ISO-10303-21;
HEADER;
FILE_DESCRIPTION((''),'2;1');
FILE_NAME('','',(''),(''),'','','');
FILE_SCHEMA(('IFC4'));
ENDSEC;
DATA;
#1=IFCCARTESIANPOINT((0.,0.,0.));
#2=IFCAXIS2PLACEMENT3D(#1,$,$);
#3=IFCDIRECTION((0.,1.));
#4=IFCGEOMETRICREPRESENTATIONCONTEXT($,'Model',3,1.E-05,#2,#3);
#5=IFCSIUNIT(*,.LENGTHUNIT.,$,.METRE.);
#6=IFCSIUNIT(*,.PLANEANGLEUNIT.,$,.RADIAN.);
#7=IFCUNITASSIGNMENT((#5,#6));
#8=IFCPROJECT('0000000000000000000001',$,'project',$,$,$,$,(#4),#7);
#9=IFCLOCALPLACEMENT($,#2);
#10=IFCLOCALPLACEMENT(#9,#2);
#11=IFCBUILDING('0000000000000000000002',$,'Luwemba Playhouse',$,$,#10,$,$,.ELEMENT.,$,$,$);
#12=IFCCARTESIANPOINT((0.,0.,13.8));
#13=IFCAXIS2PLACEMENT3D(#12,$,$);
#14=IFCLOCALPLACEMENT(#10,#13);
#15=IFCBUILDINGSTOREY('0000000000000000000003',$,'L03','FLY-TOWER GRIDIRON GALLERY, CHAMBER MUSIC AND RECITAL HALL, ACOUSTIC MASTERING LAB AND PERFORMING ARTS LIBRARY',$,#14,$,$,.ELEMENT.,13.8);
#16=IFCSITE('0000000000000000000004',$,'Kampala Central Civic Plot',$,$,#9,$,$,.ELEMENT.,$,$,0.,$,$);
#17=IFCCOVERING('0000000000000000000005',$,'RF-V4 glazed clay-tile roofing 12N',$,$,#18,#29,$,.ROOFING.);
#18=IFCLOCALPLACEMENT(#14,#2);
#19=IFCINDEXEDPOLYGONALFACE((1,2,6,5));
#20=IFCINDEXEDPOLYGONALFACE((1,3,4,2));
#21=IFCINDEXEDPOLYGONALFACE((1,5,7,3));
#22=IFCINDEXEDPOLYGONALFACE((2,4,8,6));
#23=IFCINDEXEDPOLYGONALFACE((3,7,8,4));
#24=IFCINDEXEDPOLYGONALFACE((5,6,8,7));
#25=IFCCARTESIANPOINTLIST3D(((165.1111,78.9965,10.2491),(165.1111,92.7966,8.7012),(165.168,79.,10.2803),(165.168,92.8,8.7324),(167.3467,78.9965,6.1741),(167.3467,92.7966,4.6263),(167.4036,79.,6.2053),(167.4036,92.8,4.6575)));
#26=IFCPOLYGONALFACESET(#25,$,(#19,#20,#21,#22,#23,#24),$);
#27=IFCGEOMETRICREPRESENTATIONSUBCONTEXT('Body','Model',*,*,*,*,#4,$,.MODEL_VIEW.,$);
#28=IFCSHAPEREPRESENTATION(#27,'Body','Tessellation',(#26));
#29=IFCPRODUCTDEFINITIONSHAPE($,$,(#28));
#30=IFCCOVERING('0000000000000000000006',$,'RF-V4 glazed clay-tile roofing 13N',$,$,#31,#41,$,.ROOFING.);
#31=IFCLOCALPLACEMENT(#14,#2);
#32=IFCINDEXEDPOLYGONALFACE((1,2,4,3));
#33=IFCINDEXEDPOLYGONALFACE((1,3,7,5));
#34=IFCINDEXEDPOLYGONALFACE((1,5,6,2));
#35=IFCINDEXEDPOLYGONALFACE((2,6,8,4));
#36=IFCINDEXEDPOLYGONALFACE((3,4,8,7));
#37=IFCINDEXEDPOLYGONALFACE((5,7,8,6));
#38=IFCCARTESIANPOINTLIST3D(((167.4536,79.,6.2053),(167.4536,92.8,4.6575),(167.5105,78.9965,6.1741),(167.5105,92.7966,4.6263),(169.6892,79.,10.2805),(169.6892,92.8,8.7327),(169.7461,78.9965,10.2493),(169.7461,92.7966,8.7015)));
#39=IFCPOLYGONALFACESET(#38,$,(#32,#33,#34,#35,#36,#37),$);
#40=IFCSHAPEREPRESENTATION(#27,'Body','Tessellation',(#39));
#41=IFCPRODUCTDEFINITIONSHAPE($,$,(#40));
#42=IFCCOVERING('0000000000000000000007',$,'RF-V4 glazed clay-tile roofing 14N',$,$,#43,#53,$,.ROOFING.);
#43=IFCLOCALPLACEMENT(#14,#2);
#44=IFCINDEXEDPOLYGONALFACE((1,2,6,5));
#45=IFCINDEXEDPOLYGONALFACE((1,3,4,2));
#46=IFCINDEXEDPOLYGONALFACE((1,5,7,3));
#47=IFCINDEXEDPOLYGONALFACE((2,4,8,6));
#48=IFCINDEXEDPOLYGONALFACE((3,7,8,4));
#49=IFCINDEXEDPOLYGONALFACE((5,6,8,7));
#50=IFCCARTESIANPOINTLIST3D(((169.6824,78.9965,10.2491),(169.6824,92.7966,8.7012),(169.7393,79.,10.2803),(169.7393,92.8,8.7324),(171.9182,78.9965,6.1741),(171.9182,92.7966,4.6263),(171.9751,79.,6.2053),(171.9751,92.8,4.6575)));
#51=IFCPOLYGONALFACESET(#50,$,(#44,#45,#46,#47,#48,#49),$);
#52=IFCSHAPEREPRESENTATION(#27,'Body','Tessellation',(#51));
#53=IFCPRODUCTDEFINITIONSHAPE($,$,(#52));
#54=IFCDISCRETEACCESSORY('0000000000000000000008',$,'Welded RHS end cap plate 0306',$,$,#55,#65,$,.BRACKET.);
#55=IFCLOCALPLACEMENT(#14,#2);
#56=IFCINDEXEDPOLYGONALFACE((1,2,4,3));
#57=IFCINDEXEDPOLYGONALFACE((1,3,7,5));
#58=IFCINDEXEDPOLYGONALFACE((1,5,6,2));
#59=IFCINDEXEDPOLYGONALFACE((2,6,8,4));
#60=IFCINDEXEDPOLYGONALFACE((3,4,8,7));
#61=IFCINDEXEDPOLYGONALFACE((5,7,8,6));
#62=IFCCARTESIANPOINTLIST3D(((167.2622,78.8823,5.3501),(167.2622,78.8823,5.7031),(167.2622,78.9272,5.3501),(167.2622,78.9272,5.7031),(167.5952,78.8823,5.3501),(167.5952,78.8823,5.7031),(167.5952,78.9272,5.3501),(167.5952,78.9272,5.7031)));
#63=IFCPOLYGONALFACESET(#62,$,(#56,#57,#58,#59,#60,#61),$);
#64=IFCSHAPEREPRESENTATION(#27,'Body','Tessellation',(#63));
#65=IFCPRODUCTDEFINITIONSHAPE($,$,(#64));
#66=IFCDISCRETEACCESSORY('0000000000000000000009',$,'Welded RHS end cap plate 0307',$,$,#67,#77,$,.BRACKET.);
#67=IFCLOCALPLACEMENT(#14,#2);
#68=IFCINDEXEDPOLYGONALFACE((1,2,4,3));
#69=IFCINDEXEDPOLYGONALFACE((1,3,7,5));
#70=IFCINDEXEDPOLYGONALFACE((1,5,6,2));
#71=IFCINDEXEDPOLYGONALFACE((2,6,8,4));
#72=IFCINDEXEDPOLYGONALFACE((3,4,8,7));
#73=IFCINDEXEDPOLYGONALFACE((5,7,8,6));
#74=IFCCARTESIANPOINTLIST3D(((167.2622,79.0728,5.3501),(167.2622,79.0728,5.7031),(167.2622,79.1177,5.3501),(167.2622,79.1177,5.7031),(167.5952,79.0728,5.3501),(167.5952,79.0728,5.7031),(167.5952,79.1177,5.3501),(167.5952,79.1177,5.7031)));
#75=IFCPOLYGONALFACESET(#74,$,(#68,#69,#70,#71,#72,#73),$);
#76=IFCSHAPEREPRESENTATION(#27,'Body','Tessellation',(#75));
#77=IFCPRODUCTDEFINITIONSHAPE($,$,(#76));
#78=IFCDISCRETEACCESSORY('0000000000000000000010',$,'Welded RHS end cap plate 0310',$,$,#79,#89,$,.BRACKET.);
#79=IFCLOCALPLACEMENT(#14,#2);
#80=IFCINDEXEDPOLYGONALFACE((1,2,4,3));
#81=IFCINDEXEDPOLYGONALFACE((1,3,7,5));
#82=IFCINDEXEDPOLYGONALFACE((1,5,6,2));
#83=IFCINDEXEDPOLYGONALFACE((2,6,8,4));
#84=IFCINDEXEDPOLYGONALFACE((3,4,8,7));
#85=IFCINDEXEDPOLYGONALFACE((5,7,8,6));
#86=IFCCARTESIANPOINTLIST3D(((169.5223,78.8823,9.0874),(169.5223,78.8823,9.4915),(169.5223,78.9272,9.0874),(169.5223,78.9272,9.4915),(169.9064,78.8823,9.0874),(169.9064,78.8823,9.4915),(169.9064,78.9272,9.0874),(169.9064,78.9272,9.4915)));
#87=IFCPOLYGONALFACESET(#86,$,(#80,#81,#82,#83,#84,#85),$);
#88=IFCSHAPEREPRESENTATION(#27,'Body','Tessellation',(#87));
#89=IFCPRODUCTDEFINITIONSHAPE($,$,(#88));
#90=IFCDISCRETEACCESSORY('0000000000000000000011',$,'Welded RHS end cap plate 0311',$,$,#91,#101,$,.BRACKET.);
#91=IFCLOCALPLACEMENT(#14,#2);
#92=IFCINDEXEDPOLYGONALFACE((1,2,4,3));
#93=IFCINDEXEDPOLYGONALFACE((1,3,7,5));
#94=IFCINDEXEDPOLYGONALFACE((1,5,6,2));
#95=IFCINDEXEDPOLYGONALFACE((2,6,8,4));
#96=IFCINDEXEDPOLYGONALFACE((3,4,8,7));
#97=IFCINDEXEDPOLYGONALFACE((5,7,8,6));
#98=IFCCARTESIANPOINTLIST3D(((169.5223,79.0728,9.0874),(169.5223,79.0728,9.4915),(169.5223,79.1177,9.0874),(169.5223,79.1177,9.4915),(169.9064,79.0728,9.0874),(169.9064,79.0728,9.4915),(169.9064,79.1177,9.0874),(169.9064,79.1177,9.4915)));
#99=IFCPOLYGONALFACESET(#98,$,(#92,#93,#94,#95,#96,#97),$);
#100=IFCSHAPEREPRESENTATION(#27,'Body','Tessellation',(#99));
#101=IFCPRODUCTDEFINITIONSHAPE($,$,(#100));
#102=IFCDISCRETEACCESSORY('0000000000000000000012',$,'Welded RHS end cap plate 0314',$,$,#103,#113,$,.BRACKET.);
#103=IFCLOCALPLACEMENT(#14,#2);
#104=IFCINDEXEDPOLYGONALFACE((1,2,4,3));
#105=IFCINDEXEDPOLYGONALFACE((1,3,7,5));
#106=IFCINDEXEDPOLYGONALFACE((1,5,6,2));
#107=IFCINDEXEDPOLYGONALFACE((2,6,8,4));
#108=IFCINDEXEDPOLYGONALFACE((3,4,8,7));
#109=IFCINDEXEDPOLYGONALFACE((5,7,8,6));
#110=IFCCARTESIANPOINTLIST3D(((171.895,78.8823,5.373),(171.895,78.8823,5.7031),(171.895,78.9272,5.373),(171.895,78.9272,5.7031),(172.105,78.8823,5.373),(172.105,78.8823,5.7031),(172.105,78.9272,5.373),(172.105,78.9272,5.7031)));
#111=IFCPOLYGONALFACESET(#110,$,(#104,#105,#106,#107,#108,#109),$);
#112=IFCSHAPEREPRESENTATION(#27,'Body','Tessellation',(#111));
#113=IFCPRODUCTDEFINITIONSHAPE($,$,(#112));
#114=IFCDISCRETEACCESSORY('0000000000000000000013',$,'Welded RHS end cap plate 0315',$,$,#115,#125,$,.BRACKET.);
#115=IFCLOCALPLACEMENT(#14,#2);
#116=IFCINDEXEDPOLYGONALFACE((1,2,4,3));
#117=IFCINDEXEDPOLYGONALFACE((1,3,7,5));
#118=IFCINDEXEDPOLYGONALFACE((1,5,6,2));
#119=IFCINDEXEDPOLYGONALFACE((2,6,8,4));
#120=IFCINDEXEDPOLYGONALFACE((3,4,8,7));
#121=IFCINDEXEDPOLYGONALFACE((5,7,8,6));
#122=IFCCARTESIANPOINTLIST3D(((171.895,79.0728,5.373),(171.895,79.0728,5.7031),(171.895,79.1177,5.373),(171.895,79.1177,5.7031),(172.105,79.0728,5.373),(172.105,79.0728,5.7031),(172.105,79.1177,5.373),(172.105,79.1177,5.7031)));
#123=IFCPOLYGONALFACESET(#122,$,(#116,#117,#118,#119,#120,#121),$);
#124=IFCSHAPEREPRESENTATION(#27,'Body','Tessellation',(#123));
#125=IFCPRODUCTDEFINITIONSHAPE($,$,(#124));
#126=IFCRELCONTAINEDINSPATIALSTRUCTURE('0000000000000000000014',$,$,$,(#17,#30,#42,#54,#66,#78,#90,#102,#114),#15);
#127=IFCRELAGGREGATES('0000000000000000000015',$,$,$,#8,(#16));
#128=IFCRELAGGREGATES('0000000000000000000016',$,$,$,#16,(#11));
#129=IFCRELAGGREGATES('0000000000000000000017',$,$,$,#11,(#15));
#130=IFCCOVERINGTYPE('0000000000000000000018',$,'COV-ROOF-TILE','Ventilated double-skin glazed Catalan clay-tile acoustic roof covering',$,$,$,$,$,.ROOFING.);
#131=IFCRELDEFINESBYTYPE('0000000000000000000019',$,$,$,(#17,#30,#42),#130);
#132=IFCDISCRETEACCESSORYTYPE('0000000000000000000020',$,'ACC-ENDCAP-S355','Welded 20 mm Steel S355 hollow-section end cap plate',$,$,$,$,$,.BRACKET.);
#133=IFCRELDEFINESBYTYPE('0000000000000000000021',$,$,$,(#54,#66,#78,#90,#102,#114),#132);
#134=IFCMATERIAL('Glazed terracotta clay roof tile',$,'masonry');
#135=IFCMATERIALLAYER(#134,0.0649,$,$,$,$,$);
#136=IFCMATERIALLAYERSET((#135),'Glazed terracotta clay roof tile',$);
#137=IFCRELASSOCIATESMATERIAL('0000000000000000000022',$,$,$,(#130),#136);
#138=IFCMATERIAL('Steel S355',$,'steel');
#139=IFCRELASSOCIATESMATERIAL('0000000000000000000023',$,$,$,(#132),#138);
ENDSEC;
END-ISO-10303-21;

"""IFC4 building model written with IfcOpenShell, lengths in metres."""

from ifc_helpers import new_model, si_unit, direction, frame, origin, origin_2d, place, context, subcontext, project, spatial, polyline, rectangle, outline, extrude, material, layer, layer_set, type_object, element, save


model = new_model("IFC4")

# Units and contexts
model_context = context("Model", 3, precision=1e-05, world=origin(), true_north=direction((0.0, 1.0)))
body_context = subcontext(model_context, "Body", "Model", "MODEL_VIEW")
ifc_project = project(units=[si_unit("LENGTHUNIT", "METRE"), si_unit("PLANEANGLEUNIT", "RADIAN")], contexts=[model_context])

# Site, building, storey
site_placement = place(None, origin())
site = spatial("IfcSite", under=ifc_project, at=site_placement, Name="Kampala Central Civic Plot", CompositionType="ELEMENT", RefElevation=0.0)
building_placement = place(site_placement, origin())
building = spatial("IfcBuilding", under=site, at=building_placement, Name="Luwemba Playhouse", CompositionType="ELEMENT")
storey_placement = place(building_placement, frame((0.0, 0.0, 13.8)))
storey = spatial("IfcBuildingStorey", under=building, at=storey_placement, Name="L03", Description="FLY-TOWER GRIDIRON GALLERY, CHAMBER MUSIC AND RECITAL HALL, ACOUSTIC MASTERING LAB AND PERFORMING ARTS LIBRARY", CompositionType="ELEMENT", Elevation=13.8)

# Shared definitions
ifc_material_1 = material(Name="Steel S355", Category="steel")

# Coverings
ifc_material_2 = material(Name="Glazed terracotta clay roof tile", Category="masonry")
ifc_layer_1 = layer(ifc_material_2, 0.0649)
ifc_layer_set_1 = layer_set([ifc_layer_1], Name="Glazed terracotta clay roof tile")
covering_type = type_object("IfcCoveringType", Name="COV-ROOF-TILE", Description="Ventilated double-skin glazed Catalan clay-tile acoustic roof covering", PredefinedType="ROOFING", material=ifc_layer_set_1)
covering_1_placement = place(storey_placement, frame((165.168, 79.0, 10.2803), z_axis=(0.875454, 0.053871, 0.48029), x_axis=(0.480989, 0.0, -0.876727)))
element("IfcCovering", 1, at=covering_1_placement, inside=storey, type_object=covering_type, Name="RF-V4 glazed clay-tile roofing 12N", PredefinedType="ROOFING", context=body_context, shape_type="SweptSolid", body=[
    extrude(outline(polyline([(0.0, 0.0), (4.6479, 0.0), (6.005, 13.8201), (1.357, 13.8201), (0.0, 0.0)])), origin(), (0.0, 0.0, -1.0), 0.0649),
])
covering_2_placement = place(storey_placement, frame((167.4536, 79.0, 6.2053), z_axis=(-0.875466, 0.053868, 0.480268), x_axis=(0.480967, 0.0, 0.876739)))
element("IfcCovering", 2, at=covering_2_placement, inside=storey, type_object=covering_type, Name="RF-V4 glazed clay-tile roofing 13N", PredefinedType="ROOFING", context=body_context, shape_type="SweptSolid", body=[
    extrude(outline(polyline([(0.0, 0.0), (4.6481, 0.0), (3.2911, 13.8201), (-1.3571, 13.8201), (0.0, 0.0)])), origin(), (0.0, 0.0, -1.0), 0.0649),
])
covering_3_placement = place(storey_placement, frame((169.7393, 79.0, 10.2803), z_axis=(0.875431, 0.053875, 0.480331), x_axis=(0.481029, 0.0, -0.876705)))
element("IfcCovering", 3, at=covering_3_placement, inside=storey, type_object=covering_type, Name="RF-V4 glazed clay-tile roofing 14N", PredefinedType="ROOFING", context=body_context, shape_type="SweptSolid", body=[
    extrude(outline(polyline([(0.0, 0.0), (4.648, 0.0), (6.005, 13.8201), (1.357, 13.8201), (0.0, 0.0)])), origin(), (0.0, 0.0, -1.0), 0.0649),
])

# Discrete accessories
discrete_accessory_type = type_object("IfcDiscreteAccessoryType", Name="ACC-ENDCAP-S355", Description="Welded 20 mm Steel S355 hollow-section end cap plate", PredefinedType="BRACKET", material=ifc_material_1)
for number, where, z_axis, x_axis, name in (
    (4, (167.4287, 78.9048, 5.3501), (0.0, 0.0, 1.0), (1.0, 0.0, 0.0), "Welded RHS end cap plate 0306"),
    (5, (167.4287, 79.0952, 5.3501), (0.0, 0.0, 1.0), (1.0, 0.0, 0.0), "Welded RHS end cap plate 0307"),
):
    element("IfcDiscreteAccessory", number, at=place(storey_placement, frame(where, z_axis=z_axis, x_axis=x_axis)), inside=storey, type_object=discrete_accessory_type, Name=name, PredefinedType="BRACKET", context=body_context, shape_type="SweptSolid", body=[
        extrude(rectangle(XDim=0.333, YDim=0.0449, at=origin_2d()), origin(), (0.0, 0.0, 1.0), 0.353),
    ])
for number, where, z_axis, x_axis, name in (
    (6, (169.7144, 78.9048, 9.0874), (0.0, 0.0, 1.0), (1.0, 0.0, 0.0), "Welded RHS end cap plate 0310"),
    (7, (169.7144, 79.0952, 9.0874), (0.0, 0.0, 1.0), (1.0, 0.0, 0.0), "Welded RHS end cap plate 0311"),
):
    element("IfcDiscreteAccessory", number, at=place(storey_placement, frame(where, z_axis=z_axis, x_axis=x_axis)), inside=storey, type_object=discrete_accessory_type, Name=name, PredefinedType="BRACKET", context=body_context, shape_type="SweptSolid", body=[
        extrude(rectangle(XDim=0.384, YDim=0.0449, at=origin_2d()), origin(), (0.0, 0.0, 1.0), 0.4041),
    ])
for number, where, z_axis, x_axis, name in (
    (8, (172.0, 78.9048, 5.373), (0.0, 0.0, 1.0), (1.0, 0.0, 0.0), "Welded RHS end cap plate 0314"),
    (9, (172.0, 79.0952, 5.373), (0.0, 0.0, 1.0), (1.0, 0.0, 0.0), "Welded RHS end cap plate 0315"),
):
    element("IfcDiscreteAccessory", number, at=place(storey_placement, frame(where, z_axis=z_axis, x_axis=x_axis)), inside=storey, type_object=discrete_accessory_type, Name=name, PredefinedType="BRACKET", context=body_context, shape_type="SweptSolid", body=[
        extrude(rectangle(XDim=0.21, YDim=0.0449, at=origin_2d()), origin(), (0.0, 0.0, 1.0), 0.3301),
    ])

save(model, "model.ifc")
